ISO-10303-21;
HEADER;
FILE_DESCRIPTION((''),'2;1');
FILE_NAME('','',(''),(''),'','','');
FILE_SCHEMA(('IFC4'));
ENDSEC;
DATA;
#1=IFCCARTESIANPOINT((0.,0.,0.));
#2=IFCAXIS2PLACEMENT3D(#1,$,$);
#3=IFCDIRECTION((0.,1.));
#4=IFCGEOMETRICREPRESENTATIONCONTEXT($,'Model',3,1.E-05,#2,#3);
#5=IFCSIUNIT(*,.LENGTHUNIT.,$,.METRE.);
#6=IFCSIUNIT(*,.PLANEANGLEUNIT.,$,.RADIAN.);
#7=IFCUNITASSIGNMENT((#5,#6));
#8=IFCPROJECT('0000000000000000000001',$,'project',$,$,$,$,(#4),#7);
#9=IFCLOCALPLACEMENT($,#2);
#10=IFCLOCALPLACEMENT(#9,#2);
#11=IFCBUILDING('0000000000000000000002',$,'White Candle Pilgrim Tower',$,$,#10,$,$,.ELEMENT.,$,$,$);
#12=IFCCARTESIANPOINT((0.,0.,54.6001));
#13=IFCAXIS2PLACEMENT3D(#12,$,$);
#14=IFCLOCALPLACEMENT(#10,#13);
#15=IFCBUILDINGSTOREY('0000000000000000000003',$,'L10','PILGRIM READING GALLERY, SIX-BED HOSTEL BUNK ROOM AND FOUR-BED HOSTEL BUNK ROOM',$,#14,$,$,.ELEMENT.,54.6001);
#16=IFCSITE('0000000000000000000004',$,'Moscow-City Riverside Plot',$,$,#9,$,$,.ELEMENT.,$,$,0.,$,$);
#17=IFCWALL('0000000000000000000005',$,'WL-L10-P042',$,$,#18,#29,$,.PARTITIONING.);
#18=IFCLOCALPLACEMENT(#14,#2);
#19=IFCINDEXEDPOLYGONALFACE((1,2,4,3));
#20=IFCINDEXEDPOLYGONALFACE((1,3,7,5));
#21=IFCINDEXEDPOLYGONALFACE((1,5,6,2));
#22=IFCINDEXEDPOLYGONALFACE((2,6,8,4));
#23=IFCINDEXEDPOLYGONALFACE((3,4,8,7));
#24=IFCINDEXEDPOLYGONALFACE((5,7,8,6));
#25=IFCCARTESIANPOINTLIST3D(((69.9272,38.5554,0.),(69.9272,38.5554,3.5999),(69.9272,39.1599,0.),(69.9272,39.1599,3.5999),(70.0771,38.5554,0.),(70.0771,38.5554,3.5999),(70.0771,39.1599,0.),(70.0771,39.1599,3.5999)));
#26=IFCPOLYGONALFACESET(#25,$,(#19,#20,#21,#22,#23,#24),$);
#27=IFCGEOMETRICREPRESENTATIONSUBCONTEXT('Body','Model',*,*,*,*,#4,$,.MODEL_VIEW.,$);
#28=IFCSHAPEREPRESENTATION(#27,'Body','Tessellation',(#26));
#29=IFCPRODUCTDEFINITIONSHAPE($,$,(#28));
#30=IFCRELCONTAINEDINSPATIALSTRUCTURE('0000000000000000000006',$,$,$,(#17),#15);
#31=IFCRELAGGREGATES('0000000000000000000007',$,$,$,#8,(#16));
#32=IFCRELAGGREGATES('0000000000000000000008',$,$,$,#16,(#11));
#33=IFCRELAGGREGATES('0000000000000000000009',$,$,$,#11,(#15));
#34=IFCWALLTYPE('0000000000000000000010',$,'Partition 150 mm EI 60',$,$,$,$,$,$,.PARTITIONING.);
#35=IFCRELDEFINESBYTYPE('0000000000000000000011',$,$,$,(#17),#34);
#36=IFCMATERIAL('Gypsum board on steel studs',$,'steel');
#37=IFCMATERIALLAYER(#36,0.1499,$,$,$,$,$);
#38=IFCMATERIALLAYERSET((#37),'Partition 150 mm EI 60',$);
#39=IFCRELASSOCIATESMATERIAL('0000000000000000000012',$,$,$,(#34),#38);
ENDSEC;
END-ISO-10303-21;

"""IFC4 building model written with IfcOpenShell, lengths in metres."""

from ifc_helpers import new_model, si_unit, direction, frame, frame_2d, origin, place, context, subcontext, project, spatial, rectangle, extrude, material, layer, layer_set, type_object, element, save


model = new_model("IFC4")

# Units and contexts
model_context = context("Model", 3, precision=1e-05, world=origin(), true_north=direction((0.0, 1.0)))
body_context = subcontext(model_context, "Body", "Model", "MODEL_VIEW")
ifc_project = project(units=[si_unit("LENGTHUNIT", "METRE"), si_unit("PLANEANGLEUNIT", "RADIAN")], contexts=[model_context])

# Site, building, storey
site_placement = place(None, origin())
site = spatial("IfcSite", under=ifc_project, at=site_placement, Name="Moscow-City Riverside Plot", CompositionType="ELEMENT", RefElevation=0.0)
building_placement = place(site_placement, origin())
building = spatial("IfcBuilding", under=site, at=building_placement, Name="White Candle Pilgrim Tower", CompositionType="ELEMENT")
storey_placement = place(building_placement, frame((0.0, 0.0, 54.6001)))
storey = spatial("IfcBuildingStorey", under=building, at=storey_placement, Name="L10", Description="PILGRIM READING GALLERY, SIX-BED HOSTEL BUNK ROOM AND FOUR-BED HOSTEL BUNK ROOM", CompositionType="ELEMENT", Elevation=54.6001)

# Shared definitions
ifc_material_1 = material(Name="Gypsum board on steel studs", Category="steel")

# Wall
ifc_layer_1 = layer(ifc_material_1, 0.1499)
ifc_layer_set_1 = layer_set([ifc_layer_1], Name="Partition 150 mm EI 60")
wall_type_1 = type_object("IfcWallType", Name="Partition 150 mm EI 60", PredefinedType="PARTITIONING", material=ifc_layer_set_1)
wall_1_placement = place(storey_placement, frame((70.0022, 39.1599, 0.0), z_axis=(0.0, 0.0, 1.0), x_axis=(0.0, -1.0, 0.0)))
element("IfcWall", 1, at=wall_1_placement, inside=storey, type_object=wall_type_1, Name="WL-L10-P042", PredefinedType="PARTITIONING", context=body_context, shape_type="SweptSolid", body=[
    extrude(rectangle(XDim=0.6045, YDim=0.1499, at=frame_2d((0.3022, 0.0))), origin(), (0.0, 0.0, 1.0), 3.5999),
])

save(model, "model.ifc")
